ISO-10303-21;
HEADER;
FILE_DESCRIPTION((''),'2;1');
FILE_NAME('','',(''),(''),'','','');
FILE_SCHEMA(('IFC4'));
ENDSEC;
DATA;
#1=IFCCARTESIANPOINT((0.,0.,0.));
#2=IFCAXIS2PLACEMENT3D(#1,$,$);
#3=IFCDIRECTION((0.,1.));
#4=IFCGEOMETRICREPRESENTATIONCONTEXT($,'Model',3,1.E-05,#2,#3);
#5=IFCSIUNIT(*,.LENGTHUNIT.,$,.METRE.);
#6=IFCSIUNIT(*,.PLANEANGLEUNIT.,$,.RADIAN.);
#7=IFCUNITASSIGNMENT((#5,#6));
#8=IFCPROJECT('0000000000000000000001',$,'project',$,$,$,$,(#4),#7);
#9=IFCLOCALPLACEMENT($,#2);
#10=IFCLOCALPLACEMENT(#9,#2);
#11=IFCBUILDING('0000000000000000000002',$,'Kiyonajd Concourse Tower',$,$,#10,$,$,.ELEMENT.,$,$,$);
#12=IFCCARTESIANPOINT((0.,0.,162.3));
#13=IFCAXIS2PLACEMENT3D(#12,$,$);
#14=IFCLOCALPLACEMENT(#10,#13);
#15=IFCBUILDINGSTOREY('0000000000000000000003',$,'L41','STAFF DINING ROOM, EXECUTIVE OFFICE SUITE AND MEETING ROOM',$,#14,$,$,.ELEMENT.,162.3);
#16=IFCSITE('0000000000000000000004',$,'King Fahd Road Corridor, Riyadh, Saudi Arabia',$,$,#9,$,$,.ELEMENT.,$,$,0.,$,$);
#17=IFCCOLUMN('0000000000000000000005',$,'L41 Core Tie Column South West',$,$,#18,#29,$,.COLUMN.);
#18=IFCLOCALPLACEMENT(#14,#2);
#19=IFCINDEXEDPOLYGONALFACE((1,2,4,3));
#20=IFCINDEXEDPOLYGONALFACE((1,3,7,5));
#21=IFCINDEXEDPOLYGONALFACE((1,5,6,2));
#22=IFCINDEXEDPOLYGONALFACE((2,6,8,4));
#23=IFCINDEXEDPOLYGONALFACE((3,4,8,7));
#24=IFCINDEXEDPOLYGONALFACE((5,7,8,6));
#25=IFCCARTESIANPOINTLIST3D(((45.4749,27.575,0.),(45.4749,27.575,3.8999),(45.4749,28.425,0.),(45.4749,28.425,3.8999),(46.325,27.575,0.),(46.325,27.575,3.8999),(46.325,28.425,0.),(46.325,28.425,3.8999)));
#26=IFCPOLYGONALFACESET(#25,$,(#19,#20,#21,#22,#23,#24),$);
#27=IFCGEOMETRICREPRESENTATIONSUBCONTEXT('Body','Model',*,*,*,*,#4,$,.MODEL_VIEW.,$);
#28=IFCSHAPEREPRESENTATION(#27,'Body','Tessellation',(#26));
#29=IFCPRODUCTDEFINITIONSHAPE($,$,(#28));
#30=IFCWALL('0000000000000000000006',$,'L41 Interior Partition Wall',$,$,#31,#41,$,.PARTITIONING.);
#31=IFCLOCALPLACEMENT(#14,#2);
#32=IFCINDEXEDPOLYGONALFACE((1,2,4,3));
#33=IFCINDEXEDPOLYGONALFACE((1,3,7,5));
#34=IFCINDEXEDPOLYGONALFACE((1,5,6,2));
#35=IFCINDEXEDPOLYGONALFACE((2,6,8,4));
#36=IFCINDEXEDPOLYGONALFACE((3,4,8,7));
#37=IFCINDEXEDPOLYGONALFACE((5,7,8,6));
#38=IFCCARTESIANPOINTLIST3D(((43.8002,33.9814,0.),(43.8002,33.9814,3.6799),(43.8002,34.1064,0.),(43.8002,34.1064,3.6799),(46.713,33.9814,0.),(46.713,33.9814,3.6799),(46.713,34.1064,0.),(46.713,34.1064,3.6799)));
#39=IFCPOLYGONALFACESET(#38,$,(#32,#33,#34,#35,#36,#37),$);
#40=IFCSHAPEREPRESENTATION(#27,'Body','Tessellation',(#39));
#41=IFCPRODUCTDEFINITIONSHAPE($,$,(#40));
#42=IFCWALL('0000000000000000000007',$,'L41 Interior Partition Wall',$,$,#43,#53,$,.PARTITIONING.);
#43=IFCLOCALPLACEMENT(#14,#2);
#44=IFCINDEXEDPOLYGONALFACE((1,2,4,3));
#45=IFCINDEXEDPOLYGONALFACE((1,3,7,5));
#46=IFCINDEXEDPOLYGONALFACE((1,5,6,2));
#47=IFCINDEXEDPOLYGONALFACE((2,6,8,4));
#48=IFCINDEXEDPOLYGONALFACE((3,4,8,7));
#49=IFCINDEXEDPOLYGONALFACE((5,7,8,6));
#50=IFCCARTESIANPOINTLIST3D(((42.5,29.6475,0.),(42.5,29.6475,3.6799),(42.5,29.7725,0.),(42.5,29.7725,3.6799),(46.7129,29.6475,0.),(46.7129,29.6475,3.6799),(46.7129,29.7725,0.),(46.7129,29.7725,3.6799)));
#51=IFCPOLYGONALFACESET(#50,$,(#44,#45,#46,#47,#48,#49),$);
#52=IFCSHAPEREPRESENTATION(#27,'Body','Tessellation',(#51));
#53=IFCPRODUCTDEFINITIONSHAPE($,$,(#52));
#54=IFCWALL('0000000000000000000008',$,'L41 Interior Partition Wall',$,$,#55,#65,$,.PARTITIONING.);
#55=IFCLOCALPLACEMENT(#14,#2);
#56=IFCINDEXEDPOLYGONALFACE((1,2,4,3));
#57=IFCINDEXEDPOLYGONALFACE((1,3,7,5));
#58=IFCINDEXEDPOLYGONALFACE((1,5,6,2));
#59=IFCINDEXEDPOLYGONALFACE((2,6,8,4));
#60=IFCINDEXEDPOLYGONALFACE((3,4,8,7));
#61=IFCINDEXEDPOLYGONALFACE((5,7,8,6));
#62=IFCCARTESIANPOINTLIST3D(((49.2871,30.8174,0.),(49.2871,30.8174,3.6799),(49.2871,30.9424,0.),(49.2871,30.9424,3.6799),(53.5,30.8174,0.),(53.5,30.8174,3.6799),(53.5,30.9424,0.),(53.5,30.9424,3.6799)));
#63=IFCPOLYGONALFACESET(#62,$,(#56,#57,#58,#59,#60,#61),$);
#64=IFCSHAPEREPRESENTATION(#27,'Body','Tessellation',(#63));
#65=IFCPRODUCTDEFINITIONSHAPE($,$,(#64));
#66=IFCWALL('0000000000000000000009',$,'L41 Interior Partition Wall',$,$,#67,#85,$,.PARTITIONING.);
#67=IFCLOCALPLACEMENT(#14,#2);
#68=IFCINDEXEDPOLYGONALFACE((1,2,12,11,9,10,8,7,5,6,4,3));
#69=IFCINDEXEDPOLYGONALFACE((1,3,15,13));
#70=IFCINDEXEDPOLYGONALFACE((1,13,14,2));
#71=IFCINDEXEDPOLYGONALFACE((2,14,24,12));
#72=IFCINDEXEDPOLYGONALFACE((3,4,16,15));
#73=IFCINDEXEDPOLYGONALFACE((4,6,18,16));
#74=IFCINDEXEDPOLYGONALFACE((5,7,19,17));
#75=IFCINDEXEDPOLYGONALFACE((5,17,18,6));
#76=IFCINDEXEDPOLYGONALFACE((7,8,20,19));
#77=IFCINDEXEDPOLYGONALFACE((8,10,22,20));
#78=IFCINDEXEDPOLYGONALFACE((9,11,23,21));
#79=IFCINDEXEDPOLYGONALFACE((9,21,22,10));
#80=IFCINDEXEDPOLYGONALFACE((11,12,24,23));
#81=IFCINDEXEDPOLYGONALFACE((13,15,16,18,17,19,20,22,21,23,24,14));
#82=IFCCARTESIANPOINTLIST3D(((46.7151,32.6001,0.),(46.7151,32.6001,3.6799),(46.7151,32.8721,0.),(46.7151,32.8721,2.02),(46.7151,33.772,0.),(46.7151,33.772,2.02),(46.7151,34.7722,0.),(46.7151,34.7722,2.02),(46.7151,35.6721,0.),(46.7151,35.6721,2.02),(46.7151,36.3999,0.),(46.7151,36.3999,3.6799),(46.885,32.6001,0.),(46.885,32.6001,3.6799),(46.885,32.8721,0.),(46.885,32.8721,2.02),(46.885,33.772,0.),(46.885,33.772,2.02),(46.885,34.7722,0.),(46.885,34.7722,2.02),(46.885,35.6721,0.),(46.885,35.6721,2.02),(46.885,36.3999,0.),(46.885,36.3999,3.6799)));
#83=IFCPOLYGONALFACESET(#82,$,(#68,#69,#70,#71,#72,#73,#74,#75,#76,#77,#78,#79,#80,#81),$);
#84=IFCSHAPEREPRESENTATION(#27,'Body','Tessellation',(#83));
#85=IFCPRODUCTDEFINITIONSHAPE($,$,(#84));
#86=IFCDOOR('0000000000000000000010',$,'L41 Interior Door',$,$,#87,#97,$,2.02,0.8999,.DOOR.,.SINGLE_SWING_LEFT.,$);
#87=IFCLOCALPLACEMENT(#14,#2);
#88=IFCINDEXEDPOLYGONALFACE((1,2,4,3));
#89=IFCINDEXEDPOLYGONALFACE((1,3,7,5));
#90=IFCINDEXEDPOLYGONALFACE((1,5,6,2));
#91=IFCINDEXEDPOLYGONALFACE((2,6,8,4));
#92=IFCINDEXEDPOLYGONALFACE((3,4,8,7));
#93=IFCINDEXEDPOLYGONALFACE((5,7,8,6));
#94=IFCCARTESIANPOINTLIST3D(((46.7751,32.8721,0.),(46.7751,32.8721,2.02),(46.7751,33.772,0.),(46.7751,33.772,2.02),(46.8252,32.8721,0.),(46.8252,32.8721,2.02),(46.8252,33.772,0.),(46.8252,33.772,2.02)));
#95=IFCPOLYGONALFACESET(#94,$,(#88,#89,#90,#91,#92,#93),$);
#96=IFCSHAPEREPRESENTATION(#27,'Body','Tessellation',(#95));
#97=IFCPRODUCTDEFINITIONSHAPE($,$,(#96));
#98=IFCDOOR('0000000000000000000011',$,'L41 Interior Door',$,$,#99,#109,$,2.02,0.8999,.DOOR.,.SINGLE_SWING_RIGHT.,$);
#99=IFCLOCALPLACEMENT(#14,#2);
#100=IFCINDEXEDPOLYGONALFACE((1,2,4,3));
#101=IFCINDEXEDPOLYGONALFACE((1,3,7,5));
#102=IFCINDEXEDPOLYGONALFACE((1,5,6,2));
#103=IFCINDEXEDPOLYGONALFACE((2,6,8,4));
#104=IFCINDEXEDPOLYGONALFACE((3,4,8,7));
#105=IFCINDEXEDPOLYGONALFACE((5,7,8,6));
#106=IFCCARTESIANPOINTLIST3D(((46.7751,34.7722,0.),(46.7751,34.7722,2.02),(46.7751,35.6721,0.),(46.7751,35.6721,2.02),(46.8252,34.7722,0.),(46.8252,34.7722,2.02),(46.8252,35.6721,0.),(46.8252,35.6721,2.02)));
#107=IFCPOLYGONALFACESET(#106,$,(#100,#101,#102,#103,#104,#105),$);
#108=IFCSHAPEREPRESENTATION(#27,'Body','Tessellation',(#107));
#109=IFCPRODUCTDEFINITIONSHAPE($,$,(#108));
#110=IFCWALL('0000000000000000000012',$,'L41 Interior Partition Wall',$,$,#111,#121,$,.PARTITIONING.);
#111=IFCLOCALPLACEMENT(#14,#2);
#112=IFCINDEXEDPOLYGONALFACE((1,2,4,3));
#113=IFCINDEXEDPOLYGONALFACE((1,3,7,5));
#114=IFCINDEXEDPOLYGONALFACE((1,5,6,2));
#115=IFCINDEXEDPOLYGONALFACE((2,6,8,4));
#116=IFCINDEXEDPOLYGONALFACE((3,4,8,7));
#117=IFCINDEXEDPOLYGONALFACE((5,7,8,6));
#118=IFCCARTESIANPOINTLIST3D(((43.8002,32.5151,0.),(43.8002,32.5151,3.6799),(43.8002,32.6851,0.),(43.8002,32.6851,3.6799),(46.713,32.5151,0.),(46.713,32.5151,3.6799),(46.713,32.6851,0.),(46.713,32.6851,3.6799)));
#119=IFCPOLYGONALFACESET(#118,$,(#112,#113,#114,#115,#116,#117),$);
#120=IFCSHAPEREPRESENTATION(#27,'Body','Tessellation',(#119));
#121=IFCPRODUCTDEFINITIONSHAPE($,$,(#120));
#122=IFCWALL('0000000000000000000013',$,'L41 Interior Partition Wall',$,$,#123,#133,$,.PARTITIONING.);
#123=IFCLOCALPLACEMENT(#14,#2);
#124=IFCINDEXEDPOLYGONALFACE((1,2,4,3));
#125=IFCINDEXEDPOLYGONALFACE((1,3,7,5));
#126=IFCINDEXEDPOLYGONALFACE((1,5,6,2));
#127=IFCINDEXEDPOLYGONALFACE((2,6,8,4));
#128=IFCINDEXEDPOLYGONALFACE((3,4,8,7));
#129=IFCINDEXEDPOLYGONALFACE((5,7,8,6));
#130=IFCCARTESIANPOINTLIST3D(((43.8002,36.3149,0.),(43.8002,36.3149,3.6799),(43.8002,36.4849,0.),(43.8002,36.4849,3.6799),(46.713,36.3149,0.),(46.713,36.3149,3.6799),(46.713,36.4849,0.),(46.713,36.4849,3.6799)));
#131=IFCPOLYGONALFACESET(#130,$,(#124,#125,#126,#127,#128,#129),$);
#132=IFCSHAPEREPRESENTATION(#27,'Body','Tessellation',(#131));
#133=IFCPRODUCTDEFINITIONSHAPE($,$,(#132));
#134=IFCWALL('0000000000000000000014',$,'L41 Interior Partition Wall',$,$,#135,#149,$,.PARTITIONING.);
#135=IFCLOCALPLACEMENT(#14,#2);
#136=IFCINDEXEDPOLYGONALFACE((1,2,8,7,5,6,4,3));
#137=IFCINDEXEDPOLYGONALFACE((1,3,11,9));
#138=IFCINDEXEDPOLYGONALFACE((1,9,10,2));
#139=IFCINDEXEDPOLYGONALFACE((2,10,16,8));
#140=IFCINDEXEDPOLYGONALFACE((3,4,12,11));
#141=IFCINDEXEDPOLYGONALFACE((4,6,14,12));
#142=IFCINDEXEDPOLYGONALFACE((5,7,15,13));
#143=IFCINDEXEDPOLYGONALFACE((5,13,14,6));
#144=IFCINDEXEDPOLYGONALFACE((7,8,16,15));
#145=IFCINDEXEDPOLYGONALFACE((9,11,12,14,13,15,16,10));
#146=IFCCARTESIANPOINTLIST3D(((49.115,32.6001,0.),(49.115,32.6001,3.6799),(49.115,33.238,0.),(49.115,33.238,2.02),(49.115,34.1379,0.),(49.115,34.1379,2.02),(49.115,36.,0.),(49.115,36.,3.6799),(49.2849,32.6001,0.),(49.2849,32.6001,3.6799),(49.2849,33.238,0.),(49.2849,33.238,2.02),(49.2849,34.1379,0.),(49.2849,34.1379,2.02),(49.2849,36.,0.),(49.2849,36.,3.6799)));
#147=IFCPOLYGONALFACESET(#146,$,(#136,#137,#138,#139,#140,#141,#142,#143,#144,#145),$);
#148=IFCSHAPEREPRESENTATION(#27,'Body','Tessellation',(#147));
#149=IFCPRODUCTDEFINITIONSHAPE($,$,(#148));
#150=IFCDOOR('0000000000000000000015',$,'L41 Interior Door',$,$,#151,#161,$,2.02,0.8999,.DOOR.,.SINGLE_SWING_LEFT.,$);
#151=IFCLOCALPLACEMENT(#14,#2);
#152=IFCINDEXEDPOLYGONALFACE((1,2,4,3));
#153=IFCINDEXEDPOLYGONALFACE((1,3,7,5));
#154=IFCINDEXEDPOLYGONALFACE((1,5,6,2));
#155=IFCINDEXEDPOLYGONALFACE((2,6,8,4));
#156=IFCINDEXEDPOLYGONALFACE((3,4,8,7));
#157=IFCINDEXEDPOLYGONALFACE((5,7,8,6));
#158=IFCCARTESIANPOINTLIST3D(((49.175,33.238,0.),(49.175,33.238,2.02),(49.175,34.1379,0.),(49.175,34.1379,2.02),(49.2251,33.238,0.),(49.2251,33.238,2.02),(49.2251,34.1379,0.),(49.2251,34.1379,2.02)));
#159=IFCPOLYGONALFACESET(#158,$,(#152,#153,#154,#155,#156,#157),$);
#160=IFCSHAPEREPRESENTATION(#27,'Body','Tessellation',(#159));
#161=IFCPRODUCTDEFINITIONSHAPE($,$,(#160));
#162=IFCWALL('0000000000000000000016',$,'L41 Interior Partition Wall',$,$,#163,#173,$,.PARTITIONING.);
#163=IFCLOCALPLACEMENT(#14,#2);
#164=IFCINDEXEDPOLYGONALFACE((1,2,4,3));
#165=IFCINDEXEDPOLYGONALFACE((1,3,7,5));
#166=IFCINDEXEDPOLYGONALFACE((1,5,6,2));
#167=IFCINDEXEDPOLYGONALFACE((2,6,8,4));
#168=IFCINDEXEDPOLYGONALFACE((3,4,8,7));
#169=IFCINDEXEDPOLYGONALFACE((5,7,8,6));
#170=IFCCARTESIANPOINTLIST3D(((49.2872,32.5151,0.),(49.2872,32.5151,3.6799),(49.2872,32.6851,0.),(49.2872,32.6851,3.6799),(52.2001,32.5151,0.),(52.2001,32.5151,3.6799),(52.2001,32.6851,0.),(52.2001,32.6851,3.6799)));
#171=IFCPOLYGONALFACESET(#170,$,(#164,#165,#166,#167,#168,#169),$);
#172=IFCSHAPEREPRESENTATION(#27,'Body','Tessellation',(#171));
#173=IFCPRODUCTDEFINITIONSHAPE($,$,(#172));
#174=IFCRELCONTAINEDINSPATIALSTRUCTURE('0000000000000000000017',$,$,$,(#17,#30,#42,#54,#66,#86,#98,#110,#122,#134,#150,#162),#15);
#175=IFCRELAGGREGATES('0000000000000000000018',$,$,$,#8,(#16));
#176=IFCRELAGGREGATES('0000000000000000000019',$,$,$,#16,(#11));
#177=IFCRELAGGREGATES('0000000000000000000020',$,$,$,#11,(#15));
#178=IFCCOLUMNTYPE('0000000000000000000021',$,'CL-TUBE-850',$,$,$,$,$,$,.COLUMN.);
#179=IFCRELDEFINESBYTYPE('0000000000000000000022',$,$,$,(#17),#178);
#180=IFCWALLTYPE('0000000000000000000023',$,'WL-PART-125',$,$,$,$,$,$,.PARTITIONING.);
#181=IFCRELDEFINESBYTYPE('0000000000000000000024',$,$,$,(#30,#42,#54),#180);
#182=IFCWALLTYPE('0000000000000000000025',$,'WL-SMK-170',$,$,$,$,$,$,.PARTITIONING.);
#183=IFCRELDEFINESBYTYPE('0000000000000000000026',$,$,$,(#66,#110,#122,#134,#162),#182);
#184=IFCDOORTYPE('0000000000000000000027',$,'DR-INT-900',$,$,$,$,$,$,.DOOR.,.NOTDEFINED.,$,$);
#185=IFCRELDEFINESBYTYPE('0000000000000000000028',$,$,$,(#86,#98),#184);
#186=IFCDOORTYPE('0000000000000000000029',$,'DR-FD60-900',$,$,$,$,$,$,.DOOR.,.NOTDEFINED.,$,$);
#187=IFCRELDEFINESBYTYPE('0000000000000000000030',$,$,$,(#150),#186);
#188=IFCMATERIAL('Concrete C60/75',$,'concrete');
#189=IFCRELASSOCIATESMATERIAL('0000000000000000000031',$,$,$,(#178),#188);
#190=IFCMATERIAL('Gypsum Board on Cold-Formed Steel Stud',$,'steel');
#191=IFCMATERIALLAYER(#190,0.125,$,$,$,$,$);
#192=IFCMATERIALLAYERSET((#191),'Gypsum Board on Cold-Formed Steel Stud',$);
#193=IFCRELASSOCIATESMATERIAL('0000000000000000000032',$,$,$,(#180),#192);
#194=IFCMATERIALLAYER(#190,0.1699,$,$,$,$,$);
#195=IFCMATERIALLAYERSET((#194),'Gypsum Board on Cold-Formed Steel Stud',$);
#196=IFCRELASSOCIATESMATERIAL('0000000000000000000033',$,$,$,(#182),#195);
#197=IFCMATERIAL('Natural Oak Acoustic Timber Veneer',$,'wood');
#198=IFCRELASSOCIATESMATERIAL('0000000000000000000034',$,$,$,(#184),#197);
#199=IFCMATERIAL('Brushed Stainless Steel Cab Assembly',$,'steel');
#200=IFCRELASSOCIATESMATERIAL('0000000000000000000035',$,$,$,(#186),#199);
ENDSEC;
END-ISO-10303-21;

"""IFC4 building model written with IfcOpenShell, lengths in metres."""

from ifc_helpers import new_model, si_unit, direction, frame, frame_2d, origin, origin_2d, place, context, subcontext, project, spatial, rectangle, extrude, material, layer, layer_set, material_profile, profile_set, type_object, element, fill, save


model = new_model("IFC4")

# Units and contexts
model_context = context("Model", 3, precision=1e-05, world=origin(), true_north=direction((0.0, 1.0)))
body_context = subcontext(model_context, "Body", "Model", "MODEL_VIEW")
ifc_project = project(units=[si_unit("LENGTHUNIT", "METRE"), si_unit("PLANEANGLEUNIT", "RADIAN")], contexts=[model_context])

# Site, building, storey
site_placement = place(None, origin())
site = spatial("IfcSite", under=ifc_project, at=site_placement, Name="King Fahd Road Corridor, Riyadh, Saudi Arabia", CompositionType="ELEMENT", RefElevation=0.0)
building_placement = place(site_placement, origin())
building = spatial("IfcBuilding", under=site, at=building_placement, Name="Kiyonajd Concourse Tower", CompositionType="ELEMENT")
storey_placement = place(building_placement, frame((0.0, 0.0, 162.3)))
storey = spatial("IfcBuildingStorey", under=building, at=storey_placement, Name="L41", Description="STAFF DINING ROOM, EXECUTIVE OFFICE SUITE AND MEETING ROOM", CompositionType="ELEMENT", Elevation=162.3)

# Column
ifc_material_1 = material(Name="Concrete C60/75", Category="concrete")
ifc_material_profile = material_profile(ifc_material_1, rectangle(XDim=0.8501, YDim=0.8501, at=origin_2d()), Name="RC-850x850")
ifc_profile_set = profile_set([ifc_material_profile], Name="Concrete C60/75")
column_type = type_object("IfcColumnType", Name="CL-TUBE-850", PredefinedType="COLUMN", material=ifc_profile_set)
column_placement = place(storey_placement, frame((45.8999, 28.0, 0.0), z_axis=(0.0, 0.0, 1.0), x_axis=(1.0, 0.0, 0.0)))
element("IfcColumn", 1, at=column_placement, inside=storey, type_object=column_type, Name="L41 Core Tie Column South West", PredefinedType="COLUMN", context=body_context, shape_type="SweptSolid", body=[
    extrude(rectangle(XDim=0.8501, YDim=0.8501, at=origin_2d()), origin(), (0.0, 0.0, 1.0), 3.8999),
])

# Walls
ifc_material_2 = material(Name="Gypsum Board on Cold-Formed Steel Stud", Category="steel")
ifc_layer_1 = layer(ifc_material_2, 0.125)
ifc_layer_set_1 = layer_set([ifc_layer_1], Name="Gypsum Board on Cold-Formed Steel Stud")
wall_type_1 = type_object("IfcWallType", Name="WL-PART-125", PredefinedType="PARTITIONING", material=ifc_layer_set_1)
wall_1_placement = place(storey_placement, frame((43.8, 34.0439, 0.0), z_axis=(0.0, 0.0, 1.0), x_axis=(1.0, 0.0, 0.0)))
element("IfcWall", 2, at=wall_1_placement, inside=storey, type_object=wall_type_1, Name="L41 Interior Partition Wall", PredefinedType="PARTITIONING", context=body_context, shape_type="SweptSolid", body=[
    extrude(rectangle(XDim=2.9128, YDim=0.125, at=frame_2d((1.4565, 0.0))), origin(), (0.0, 0.0, 1.0), 3.6799),
])
for number, where, z_axis, x_axis, name in (
    (3, (42.5, 29.71, 0.0), (0.0, 0.0, 1.0), (1.0, 0.0, 0.0), "L41 Interior Partition Wall"),
    (4, (49.2871, 30.8799, 0.0), (0.0, 0.0, 1.0), (1.0, 0.0, 0.0), "L41 Interior Partition Wall"),
):
    element("IfcWall", number, at=place(storey_placement, frame(where, z_axis=z_axis, x_axis=x_axis)), inside=storey, type_object=wall_type_1, Name=name, PredefinedType="PARTITIONING", context=body_context, shape_type="SweptSolid", body=[
        extrude(rectangle(XDim=4.2129, YDim=0.125, at=frame_2d((2.1064, 0.0))), origin(), (0.0, 0.0, 1.0), 3.6799),
    ])

# Wall, openings, doors
ifc_layer_2 = layer(ifc_material_2, 0.1699)
ifc_layer_set_2 = layer_set([ifc_layer_2], Name="Gypsum Board on Cold-Formed Steel Stud")
wall_type_2 = type_object("IfcWallType", Name="WL-SMK-170", PredefinedType="PARTITIONING", material=ifc_layer_set_2)
wall_2_placement = place(storey_placement, frame((46.8, 32.6001, 0.0), z_axis=(0.0, 0.0, 1.0), x_axis=(0.0, 1.0, 0.0)))
wall_2 = element("IfcWall", 5, at=wall_2_placement, inside=storey, type_object=wall_type_2, Name="L41 Interior Partition Wall", PredefinedType="PARTITIONING", context=body_context, shape_type="SweptSolid", body=[
    extrude(rectangle(XDim=3.7998, YDim=0.1699, at=frame_2d((1.8999, 0.0))), origin(), (0.0, 0.0, 1.0), 3.6799),
])
opening_1_placement = place(wall_2_placement, frame((0.272, 0.0, 0.0)))
opening_1 = element("IfcOpeningElement", 6, at=opening_1_placement, cuts=wall_2, PredefinedType="OPENING", context=body_context, shape_type="SweptSolid", body=[
    extrude(rectangle(XDim=0.8999, YDim=2.02, at=frame_2d((0.45, 1.01))), frame((0.0, 0.095, 0.0), z_axis=(0.0, -1.0, 0.0), x_axis=(1.0, 0.0, 0.0)), (0.0, 0.0, 1.0), 0.1899),
])
opening_2_placement = place(wall_2_placement, frame((2.1721, 0.0, 0.0)))
opening_2 = element("IfcOpeningElement", 7, at=opening_2_placement, cuts=wall_2, PredefinedType="OPENING", context=body_context, shape_type="SweptSolid", body=[
    extrude(rectangle(XDim=0.8999, YDim=2.02, at=frame_2d((0.45, 1.01))), frame((0.0, 0.095, 0.0), z_axis=(0.0, -1.0, 0.0), x_axis=(1.0, 0.0, 0.0)), (0.0, 0.0, 1.0), 0.1899),
])
ifc_material_3 = material(Name="Natural Oak Acoustic Timber Veneer", Category="wood")
door_type_1 = type_object("IfcDoorType", Name="DR-INT-900", OperationType="NOTDEFINED", PredefinedType="DOOR", material=ifc_material_3)
door_1_placement = place(opening_1_placement, origin())
door_1 = element("IfcDoor", 8, at=door_1_placement, inside=storey, type_object=door_type_1, Name="L41 Interior Door", OperationType="SINGLE_SWING_LEFT", OverallHeight=2.02, OverallWidth=0.8999, PredefinedType="DOOR", context=body_context, shape_type="SweptSolid", body=[
    extrude(rectangle(XDim=0.8999, YDim=2.02, at=frame_2d((0.45, 1.01))), frame((0.0, 0.0249, 0.0), z_axis=(0.0, -1.0, 0.0), x_axis=(1.0, 0.0, 0.0)), (0.0, 0.0, 1.0), 0.05),
])
fill(opening_1, door_1)
door_2_placement = place(opening_2_placement, origin())
door_2 = element("IfcDoor", 9, at=door_2_placement, inside=storey, type_object=door_type_1, Name="L41 Interior Door", OperationType="SINGLE_SWING_RIGHT", OverallHeight=2.02, OverallWidth=0.8999, PredefinedType="DOOR", context=body_context, shape_type="SweptSolid", body=[
    extrude(rectangle(XDim=0.8999, YDim=2.02, at=frame_2d((0.45, 1.01))), frame((0.0, 0.0249, 0.0), z_axis=(0.0, -1.0, 0.0), x_axis=(1.0, 0.0, 0.0)), (0.0, 0.0, 1.0), 0.05),
])
fill(opening_2, door_2)

# Walls
for number, where, z_axis, x_axis, name in (
    (10, (43.8, 32.6001, 0.0), (0.0, 0.0, 1.0), (1.0, 0.0, 0.0), "L41 Interior Partition Wall"),
    (11, (43.8, 36.3999, 0.0), (0.0, 0.0, 1.0), (1.0, 0.0, 0.0), "L41 Interior Partition Wall"),
):
    element("IfcWall", number, at=place(storey_placement, frame(where, z_axis=z_axis, x_axis=x_axis)), inside=storey, type_object=wall_type_2, Name=name, PredefinedType="PARTITIONING", context=body_context, shape_type="SweptSolid", body=[
        extrude(rectangle(XDim=2.9128, YDim=0.1699, at=frame_2d((1.4565, 0.0))), origin(), (0.0, 0.0, 1.0), 3.6799),
    ])

# Wall, opening, door
wall_3_placement = place(storey_placement, frame((49.2, 32.6001, 0.0), z_axis=(0.0, 0.0, 1.0), x_axis=(0.0, 1.0, 0.0)))
wall_3 = element("IfcWall", 12, at=wall_3_placement, inside=storey, type_object=wall_type_2, Name="L41 Interior Partition Wall", PredefinedType="PARTITIONING", context=body_context, shape_type="SweptSolid", body=[
    extrude(rectangle(XDim=3.3999, YDim=0.1699, at=frame_2d((1.7, 0.0))), origin(), (0.0, 0.0, 1.0), 3.6799),
])
opening_3_placement = place(wall_3_placement, frame((0.6379, 0.0, 0.0)))
opening_3 = element("IfcOpeningElement", 13, at=opening_3_placement, cuts=wall_3, PredefinedType="OPENING", context=body_context, shape_type="SweptSolid", body=[
    extrude(rectangle(XDim=0.8999, YDim=2.02, at=frame_2d((0.45, 1.01))), frame((0.0, 0.095, 0.0), z_axis=(0.0, -1.0, 0.0), x_axis=(1.0, 0.0, 0.0)), (0.0, 0.0, 1.0), 0.1899),
])
ifc_material_4 = material(Name="Brushed Stainless Steel Cab Assembly", Category="steel")
door_type_2 = type_object("IfcDoorType", Name="DR-FD60-900", OperationType="NOTDEFINED", PredefinedType="DOOR", material=ifc_material_4)
door_3_placement = place(opening_3_placement, origin())
door_3 = element("IfcDoor", 14, at=door_3_placement, inside=storey, type_object=door_type_2, Name="L41 Interior Door", OperationType="SINGLE_SWING_LEFT", OverallHeight=2.02, OverallWidth=0.8999, PredefinedType="DOOR", context=body_context, shape_type="SweptSolid", body=[
    extrude(rectangle(XDim=0.8999, YDim=2.02, at=frame_2d((0.45, 1.01))), frame((0.0, 0.0249, 0.0), z_axis=(0.0, -1.0, 0.0), x_axis=(1.0, 0.0, 0.0)), (0.0, 0.0, 1.0), 0.05),
])
fill(opening_3, door_3)

# Wall
wall_4_placement = place(storey_placement, frame((49.2871, 32.6001, 0.0), z_axis=(0.0, 0.0, 1.0), x_axis=(1.0, 0.0, 0.0)))
element("IfcWall", 15, at=wall_4_placement, inside=storey, type_object=wall_type_2, Name="L41 Interior Partition Wall", PredefinedType="PARTITIONING", context=body_context, shape_type="SweptSolid", body=[
    extrude(rectangle(XDim=2.9128, YDim=0.1699, at=frame_2d((1.4565, 0.0))), origin(), (0.0, 0.0, 1.0), 3.6799),
])

save(model, "model.ifc")
